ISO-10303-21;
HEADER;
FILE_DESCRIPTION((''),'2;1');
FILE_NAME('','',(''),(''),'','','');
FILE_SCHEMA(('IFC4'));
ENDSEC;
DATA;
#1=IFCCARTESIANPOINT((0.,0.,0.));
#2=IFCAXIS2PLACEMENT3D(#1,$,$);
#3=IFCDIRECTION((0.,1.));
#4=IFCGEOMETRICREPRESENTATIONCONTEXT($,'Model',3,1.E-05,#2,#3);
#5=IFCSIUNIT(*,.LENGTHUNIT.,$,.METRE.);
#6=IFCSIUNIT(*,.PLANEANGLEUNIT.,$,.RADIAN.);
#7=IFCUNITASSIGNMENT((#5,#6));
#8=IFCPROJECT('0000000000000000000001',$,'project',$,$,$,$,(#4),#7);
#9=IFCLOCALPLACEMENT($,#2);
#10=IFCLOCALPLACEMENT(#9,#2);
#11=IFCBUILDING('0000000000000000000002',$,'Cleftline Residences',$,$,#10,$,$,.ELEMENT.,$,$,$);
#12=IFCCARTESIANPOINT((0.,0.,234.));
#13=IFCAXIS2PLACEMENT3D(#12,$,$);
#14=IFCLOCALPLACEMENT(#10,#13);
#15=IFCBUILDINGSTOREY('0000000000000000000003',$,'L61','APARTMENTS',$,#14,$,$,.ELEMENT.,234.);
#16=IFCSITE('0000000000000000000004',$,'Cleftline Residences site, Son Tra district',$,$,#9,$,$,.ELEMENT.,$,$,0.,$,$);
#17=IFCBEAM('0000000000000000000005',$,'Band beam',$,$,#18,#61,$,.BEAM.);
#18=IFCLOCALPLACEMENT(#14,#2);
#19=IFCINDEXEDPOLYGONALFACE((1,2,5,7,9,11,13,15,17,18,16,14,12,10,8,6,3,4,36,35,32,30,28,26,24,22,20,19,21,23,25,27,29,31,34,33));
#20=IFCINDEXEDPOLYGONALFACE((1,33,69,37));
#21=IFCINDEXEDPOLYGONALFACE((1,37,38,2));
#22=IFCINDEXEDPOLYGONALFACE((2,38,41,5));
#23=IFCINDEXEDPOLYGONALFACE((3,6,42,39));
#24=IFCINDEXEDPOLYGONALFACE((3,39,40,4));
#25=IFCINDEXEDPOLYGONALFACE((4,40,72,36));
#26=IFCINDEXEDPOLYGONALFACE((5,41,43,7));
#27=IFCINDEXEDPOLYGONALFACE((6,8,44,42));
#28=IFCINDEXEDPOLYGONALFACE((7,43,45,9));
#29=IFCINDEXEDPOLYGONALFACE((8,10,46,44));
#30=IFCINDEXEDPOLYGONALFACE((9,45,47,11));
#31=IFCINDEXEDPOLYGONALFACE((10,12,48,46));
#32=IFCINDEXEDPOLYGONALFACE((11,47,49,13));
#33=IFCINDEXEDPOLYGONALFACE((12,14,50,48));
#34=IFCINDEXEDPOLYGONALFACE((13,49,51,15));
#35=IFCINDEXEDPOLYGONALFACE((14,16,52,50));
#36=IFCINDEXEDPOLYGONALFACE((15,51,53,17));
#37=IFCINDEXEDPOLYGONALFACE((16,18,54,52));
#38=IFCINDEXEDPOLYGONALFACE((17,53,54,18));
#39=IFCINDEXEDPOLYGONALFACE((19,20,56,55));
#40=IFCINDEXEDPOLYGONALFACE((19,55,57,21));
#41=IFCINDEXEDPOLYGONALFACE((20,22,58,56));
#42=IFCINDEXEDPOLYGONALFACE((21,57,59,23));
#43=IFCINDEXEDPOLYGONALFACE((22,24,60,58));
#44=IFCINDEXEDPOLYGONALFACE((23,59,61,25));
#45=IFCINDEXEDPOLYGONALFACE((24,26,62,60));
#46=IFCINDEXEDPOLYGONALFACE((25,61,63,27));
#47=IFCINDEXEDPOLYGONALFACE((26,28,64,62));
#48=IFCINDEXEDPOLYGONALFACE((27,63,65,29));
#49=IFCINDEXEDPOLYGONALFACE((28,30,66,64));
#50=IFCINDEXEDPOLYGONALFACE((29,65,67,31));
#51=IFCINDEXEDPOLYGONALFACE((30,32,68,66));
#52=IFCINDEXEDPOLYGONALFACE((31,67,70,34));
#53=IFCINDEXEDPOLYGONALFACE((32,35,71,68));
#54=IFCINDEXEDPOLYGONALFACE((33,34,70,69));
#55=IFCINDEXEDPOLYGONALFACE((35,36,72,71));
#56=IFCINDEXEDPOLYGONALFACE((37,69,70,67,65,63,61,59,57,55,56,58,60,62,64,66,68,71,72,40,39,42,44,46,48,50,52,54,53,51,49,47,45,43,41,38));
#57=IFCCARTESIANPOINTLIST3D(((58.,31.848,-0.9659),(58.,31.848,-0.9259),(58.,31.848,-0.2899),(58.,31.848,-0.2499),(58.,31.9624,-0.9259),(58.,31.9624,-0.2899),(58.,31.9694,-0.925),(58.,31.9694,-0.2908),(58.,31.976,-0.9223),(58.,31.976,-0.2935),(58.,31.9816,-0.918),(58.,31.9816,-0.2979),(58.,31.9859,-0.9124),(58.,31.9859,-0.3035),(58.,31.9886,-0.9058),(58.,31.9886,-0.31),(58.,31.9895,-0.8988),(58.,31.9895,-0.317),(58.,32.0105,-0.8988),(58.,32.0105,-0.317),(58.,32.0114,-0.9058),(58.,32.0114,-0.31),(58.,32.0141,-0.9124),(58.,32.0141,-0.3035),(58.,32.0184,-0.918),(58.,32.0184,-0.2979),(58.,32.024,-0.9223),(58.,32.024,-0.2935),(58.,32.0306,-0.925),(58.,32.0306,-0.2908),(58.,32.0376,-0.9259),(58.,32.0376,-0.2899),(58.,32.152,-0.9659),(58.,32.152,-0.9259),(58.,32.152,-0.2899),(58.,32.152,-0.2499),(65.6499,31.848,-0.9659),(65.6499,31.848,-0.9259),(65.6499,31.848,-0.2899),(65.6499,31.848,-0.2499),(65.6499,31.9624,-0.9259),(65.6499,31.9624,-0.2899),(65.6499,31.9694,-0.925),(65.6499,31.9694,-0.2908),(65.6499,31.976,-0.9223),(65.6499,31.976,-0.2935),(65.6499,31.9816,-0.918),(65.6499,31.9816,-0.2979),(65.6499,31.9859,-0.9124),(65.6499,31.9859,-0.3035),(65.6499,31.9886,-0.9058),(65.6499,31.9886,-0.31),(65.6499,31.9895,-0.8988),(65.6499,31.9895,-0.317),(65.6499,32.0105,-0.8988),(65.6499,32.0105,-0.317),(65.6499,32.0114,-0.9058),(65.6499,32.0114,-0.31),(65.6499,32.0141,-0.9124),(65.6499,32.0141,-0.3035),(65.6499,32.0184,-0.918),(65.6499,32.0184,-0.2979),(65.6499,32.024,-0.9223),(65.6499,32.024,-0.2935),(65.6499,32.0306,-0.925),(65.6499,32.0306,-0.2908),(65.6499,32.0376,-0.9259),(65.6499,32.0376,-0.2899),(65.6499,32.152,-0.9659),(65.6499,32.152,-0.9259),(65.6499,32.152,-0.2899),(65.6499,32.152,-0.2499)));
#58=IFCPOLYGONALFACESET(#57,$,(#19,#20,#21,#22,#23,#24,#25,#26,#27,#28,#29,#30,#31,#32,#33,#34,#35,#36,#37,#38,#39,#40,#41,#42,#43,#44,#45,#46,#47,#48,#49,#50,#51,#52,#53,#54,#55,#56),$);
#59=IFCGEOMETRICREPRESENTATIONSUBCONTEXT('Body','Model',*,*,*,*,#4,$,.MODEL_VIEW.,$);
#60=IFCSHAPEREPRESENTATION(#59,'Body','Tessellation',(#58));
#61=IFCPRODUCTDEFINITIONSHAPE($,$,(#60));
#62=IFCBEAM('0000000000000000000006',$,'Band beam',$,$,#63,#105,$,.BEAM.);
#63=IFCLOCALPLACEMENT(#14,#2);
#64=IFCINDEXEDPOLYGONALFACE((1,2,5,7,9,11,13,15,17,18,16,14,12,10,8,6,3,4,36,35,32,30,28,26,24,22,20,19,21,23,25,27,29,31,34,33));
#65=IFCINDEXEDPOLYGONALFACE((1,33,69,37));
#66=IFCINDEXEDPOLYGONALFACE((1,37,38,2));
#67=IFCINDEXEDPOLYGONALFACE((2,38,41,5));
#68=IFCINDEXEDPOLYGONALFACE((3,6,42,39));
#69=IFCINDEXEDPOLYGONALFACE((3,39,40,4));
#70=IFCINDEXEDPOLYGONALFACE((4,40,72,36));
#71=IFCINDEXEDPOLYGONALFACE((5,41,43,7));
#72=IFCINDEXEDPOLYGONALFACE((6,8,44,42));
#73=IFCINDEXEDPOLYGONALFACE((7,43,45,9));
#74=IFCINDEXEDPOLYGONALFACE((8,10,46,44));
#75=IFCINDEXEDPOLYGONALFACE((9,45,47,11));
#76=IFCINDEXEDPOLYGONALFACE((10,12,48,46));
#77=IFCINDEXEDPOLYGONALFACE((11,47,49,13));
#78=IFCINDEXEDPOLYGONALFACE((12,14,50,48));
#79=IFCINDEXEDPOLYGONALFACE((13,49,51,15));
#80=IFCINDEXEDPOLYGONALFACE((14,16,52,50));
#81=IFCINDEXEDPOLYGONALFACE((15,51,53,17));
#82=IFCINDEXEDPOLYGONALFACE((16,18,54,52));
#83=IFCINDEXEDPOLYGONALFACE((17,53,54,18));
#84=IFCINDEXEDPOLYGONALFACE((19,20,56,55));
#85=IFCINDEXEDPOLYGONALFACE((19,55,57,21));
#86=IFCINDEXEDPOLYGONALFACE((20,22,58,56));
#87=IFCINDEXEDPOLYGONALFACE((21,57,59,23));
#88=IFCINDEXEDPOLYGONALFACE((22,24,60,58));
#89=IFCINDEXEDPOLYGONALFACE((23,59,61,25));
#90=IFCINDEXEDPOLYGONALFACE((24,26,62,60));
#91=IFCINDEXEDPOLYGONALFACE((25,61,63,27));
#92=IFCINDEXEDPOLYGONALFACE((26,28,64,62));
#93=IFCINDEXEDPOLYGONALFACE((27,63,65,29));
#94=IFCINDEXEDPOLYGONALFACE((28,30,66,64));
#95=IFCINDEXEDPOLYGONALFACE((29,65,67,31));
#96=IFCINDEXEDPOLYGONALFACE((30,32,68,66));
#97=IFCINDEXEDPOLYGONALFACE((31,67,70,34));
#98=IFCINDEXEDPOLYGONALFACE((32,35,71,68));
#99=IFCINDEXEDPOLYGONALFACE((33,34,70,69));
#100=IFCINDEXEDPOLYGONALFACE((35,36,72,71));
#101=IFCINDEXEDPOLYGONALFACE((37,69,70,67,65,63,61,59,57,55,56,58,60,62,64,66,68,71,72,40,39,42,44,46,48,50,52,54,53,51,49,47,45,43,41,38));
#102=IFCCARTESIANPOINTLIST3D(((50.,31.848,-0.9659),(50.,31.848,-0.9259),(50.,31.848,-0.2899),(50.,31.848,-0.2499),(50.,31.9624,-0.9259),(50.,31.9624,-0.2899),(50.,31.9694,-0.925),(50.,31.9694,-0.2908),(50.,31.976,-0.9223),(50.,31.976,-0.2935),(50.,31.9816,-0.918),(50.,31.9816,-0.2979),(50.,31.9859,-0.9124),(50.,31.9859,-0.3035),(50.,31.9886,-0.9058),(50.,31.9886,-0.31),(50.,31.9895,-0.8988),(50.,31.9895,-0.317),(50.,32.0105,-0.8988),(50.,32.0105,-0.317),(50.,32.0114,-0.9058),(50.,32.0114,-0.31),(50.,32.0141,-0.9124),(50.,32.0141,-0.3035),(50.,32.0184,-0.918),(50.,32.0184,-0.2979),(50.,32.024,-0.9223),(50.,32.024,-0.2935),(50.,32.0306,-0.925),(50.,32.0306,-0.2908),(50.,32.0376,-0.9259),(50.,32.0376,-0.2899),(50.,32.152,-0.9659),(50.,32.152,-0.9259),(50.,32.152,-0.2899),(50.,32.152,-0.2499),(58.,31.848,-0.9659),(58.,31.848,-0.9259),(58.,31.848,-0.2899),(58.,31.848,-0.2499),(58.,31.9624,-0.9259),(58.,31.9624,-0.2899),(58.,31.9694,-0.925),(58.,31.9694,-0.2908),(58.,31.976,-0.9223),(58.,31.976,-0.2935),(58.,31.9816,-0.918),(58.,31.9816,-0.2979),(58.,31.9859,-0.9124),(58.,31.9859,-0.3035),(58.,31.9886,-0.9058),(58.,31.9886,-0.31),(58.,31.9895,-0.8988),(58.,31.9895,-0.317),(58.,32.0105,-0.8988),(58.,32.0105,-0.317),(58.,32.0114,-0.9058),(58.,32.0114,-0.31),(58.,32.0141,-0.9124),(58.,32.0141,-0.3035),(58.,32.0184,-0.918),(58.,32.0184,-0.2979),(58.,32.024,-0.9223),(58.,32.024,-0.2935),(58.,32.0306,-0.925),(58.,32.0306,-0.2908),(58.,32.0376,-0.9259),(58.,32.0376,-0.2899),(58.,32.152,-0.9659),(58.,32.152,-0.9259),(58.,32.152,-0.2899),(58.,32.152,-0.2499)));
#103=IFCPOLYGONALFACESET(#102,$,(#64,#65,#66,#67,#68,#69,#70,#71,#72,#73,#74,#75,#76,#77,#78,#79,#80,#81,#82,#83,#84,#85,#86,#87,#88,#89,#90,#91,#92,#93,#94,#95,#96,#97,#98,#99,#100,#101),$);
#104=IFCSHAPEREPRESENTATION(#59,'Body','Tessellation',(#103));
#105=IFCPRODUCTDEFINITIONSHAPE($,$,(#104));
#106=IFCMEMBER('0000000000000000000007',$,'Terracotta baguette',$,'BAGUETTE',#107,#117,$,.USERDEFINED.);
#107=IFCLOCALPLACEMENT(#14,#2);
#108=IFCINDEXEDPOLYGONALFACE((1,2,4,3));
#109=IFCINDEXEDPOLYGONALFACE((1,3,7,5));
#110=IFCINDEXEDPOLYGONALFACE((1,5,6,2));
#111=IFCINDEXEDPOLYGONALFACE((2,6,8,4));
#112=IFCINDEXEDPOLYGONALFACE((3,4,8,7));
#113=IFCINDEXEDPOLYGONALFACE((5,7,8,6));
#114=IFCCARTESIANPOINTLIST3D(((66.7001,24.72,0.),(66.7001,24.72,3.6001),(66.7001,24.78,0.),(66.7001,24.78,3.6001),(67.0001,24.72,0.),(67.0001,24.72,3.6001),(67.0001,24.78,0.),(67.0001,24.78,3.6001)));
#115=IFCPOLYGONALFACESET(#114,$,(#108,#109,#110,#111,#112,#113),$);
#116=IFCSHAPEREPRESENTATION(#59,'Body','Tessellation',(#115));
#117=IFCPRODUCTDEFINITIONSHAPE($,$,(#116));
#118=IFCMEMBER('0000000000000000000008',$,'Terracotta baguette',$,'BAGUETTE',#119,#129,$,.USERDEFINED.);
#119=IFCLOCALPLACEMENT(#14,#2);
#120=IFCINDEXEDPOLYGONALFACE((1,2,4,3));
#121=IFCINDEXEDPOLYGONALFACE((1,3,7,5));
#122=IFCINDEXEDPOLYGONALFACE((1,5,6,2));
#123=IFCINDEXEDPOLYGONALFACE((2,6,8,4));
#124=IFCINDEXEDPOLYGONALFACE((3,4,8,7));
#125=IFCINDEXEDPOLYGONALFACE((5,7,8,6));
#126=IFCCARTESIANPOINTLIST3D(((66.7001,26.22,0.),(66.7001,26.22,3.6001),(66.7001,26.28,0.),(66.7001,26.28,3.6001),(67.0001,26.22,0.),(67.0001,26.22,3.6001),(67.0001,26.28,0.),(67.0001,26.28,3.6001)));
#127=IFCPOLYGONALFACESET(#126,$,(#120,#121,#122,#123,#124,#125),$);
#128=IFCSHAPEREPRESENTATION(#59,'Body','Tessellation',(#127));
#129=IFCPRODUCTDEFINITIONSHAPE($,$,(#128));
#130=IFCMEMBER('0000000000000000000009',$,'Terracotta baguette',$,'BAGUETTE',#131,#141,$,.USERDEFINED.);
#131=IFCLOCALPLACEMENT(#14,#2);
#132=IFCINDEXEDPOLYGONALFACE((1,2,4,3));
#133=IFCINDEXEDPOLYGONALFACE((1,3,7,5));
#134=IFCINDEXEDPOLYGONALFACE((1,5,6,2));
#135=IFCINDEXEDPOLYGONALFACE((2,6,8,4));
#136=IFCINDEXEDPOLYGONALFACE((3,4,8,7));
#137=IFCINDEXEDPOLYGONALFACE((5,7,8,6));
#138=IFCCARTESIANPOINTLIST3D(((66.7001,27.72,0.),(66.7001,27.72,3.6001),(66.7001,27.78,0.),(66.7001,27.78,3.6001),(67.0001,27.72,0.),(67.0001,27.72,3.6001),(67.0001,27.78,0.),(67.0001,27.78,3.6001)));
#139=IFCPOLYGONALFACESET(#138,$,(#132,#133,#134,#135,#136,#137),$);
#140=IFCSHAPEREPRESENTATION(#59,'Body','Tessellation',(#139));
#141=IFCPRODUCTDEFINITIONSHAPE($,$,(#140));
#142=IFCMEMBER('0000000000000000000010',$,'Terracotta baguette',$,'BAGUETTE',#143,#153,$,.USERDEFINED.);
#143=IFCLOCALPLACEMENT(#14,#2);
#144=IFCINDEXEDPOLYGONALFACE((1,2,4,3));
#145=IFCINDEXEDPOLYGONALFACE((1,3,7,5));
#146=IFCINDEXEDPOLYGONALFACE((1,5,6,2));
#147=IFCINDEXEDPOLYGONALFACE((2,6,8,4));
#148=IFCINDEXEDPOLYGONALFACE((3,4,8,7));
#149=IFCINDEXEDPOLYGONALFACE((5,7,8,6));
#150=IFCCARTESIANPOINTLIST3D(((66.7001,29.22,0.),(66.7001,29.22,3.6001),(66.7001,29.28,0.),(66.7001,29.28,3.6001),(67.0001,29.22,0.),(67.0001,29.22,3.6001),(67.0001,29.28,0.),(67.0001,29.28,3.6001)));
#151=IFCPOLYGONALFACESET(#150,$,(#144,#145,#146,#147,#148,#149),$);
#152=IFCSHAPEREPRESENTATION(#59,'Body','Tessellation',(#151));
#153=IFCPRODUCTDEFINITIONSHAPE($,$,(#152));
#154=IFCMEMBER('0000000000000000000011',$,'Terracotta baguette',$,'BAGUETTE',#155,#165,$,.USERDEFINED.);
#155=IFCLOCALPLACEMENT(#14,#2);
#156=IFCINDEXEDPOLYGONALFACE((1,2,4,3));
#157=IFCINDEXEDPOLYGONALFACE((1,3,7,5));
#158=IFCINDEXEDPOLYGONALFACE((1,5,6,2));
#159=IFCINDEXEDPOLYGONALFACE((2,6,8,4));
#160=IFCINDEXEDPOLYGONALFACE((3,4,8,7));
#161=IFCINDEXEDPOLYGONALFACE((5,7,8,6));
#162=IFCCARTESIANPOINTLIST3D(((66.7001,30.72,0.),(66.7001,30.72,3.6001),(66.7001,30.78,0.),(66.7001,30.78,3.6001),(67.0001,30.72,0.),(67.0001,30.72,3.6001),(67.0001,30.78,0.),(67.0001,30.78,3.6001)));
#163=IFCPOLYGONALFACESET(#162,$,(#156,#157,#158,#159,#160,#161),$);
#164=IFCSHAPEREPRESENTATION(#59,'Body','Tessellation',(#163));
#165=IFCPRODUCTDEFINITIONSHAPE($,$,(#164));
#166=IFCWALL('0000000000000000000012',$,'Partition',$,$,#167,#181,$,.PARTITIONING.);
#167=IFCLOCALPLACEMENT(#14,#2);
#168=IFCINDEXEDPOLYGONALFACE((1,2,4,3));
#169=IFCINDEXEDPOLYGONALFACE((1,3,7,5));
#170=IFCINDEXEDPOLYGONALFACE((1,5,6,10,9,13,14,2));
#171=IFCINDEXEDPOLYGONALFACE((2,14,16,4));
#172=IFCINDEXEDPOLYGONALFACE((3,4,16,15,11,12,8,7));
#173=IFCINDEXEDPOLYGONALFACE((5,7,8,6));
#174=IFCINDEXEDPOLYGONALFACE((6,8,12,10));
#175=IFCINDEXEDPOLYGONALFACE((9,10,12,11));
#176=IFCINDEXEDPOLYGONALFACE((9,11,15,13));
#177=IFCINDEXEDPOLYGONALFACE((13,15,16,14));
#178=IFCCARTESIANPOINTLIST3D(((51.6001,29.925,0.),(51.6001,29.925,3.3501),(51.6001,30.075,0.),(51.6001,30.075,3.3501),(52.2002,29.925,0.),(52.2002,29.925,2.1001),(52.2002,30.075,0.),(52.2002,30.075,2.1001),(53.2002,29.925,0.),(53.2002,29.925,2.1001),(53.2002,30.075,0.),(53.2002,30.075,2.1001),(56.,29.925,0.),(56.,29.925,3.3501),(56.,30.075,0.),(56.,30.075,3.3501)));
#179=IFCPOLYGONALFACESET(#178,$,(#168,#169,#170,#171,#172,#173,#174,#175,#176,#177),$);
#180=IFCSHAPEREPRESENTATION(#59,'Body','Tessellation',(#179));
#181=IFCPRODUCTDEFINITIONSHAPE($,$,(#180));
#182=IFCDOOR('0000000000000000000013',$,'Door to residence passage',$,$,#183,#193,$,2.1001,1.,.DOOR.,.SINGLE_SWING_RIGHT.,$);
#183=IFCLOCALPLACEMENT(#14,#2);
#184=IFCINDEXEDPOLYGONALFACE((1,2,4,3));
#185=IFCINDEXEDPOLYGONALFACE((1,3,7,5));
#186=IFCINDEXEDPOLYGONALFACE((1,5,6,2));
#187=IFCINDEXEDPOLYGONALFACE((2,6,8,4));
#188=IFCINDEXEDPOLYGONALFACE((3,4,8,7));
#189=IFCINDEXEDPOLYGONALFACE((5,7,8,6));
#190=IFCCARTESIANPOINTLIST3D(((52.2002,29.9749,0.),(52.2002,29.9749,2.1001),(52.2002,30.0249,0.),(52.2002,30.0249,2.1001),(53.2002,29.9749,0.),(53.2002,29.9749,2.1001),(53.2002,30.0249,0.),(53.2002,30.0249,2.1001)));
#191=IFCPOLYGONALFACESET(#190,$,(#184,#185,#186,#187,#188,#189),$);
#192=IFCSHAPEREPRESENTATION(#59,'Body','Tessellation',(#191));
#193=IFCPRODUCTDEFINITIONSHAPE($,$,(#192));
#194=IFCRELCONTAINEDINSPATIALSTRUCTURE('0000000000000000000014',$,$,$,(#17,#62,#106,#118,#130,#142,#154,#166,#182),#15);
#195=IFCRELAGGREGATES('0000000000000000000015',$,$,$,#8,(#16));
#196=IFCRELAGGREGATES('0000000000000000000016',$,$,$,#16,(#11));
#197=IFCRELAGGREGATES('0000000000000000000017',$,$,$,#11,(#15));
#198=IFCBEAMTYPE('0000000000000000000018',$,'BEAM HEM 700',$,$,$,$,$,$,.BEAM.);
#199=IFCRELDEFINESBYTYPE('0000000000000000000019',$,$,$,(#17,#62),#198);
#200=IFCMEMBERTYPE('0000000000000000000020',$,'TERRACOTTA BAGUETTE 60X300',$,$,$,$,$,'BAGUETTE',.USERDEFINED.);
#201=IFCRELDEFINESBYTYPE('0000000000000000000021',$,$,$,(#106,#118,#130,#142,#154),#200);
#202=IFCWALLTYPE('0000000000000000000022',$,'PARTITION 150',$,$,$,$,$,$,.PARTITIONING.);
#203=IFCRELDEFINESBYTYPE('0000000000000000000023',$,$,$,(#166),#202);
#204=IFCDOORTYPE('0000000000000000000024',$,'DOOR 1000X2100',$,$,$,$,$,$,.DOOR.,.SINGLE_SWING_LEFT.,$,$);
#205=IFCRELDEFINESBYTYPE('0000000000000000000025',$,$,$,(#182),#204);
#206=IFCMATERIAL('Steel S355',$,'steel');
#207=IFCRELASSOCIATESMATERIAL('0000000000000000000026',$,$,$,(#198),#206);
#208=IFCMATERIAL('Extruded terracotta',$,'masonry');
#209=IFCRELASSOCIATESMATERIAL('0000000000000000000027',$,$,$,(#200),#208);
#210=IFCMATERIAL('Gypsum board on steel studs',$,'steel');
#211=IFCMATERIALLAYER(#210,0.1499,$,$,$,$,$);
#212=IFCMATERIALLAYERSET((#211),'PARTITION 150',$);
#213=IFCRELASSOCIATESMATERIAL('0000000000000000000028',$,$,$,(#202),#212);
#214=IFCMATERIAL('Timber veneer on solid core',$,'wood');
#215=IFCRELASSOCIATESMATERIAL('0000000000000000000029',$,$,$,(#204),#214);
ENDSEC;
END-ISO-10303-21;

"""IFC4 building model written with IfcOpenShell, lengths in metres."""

from ifc_helpers import new_model, si_unit, direction, frame, frame_2d, origin, origin_2d, place, context, subcontext, project, spatial, rectangle, i_section, extrude, material, layer, layer_set, material_profile, profile_set, type_object, element, fill, save


model = new_model("IFC4")

# Units and contexts
model_context = context("Model", 3, precision=1e-05, world=origin(), true_north=direction((0.0, 1.0)))
body_context = subcontext(model_context, "Body", "Model", "MODEL_VIEW")
ifc_project = project(units=[si_unit("LENGTHUNIT", "METRE"), si_unit("PLANEANGLEUNIT", "RADIAN")], contexts=[model_context])

# Site, building, storey
site_placement = place(None, origin())
site = spatial("IfcSite", under=ifc_project, at=site_placement, Name="Cleftline Residences site, Son Tra district", CompositionType="ELEMENT", RefElevation=0.0)
building_placement = place(site_placement, origin())
building = spatial("IfcBuilding", under=site, at=building_placement, Name="Cleftline Residences", CompositionType="ELEMENT")
storey_placement = place(building_placement, frame((0.0, 0.0, 234.0)))
storey = spatial("IfcBuildingStorey", under=building, at=storey_placement, Name="L61", Description="APARTMENTS", CompositionType="ELEMENT", Elevation=234.0)

# Beams
ifc_material_1 = material(Name="Steel S355", Category="steel")
ifc_material_profile_1 = material_profile(ifc_material_1, i_section(OverallWidth=0.304, OverallDepth=0.7161, WebThickness=0.021, FlangeThickness=0.04, FilletRadius=0.0271, at=origin_2d()))
ifc_profile_set_1 = profile_set([ifc_material_profile_1], Name="Steel S355")
beam_type_1 = type_object("IfcBeamType", Name="BEAM HEM 700", PredefinedType="BEAM", material=ifc_profile_set_1)
beam_1_placement = place(storey_placement, frame((65.6499, 32.0, -0.6079), z_axis=(-1.0, 0.0, 0.0), x_axis=(0.0, -1.0, 0.0)))
element("IfcBeam", 1, at=beam_1_placement, inside=storey, type_object=beam_type_1, Name="Band beam", PredefinedType="BEAM", context=body_context, shape_type="SweptSolid", body=[
    extrude(i_section(OverallWidth=0.304, OverallDepth=0.7161, WebThickness=0.021, FlangeThickness=0.04, FilletRadius=0.0271, at=origin_2d()), origin(), (0.0, 0.0, 1.0), 7.6499),
])
beam_2_placement = place(storey_placement, frame((58.0, 32.0, -0.6079), z_axis=(-1.0, 0.0, 0.0), x_axis=(0.0, -1.0, 0.0)))
element("IfcBeam", 2, at=beam_2_placement, inside=storey, type_object=beam_type_1, Name="Band beam", PredefinedType="BEAM", context=body_context, shape_type="SweptSolid", body=[
    extrude(i_section(OverallWidth=0.304, OverallDepth=0.7161, WebThickness=0.021, FlangeThickness=0.04, FilletRadius=0.0271, at=origin_2d()), origin(), (0.0, 0.0, 1.0), 8.0),
])

# Members
ifc_material_2 = material(Name="Extruded terracotta", Category="masonry")
ifc_material_profile_2 = material_profile(ifc_material_2, rectangle(XDim=0.0601, YDim=0.3, at=origin_2d()))
ifc_profile_set_2 = profile_set([ifc_material_profile_2], Name="Extruded terracotta")
member_type_1 = type_object("IfcMemberType", Name="TERRACOTTA BAGUETTE 60X300", ElementType="BAGUETTE", PredefinedType="USERDEFINED", material=ifc_profile_set_2)
for number, where, z_axis, x_axis, name in (
    (3, (66.8501, 24.75, 0.0), (0.0, 0.0, 1.0), (0.0, 1.0, 0.0), "Terracotta baguette"),
    (4, (66.8501, 26.25, 0.0), (0.0, 0.0, 1.0), (0.0, 1.0, 0.0), "Terracotta baguette"),
    (5, (66.8501, 27.75, 0.0), (0.0, 0.0, 1.0), (0.0, 1.0, 0.0), "Terracotta baguette"),
    (6, (66.8501, 29.25, 0.0), (0.0, 0.0, 1.0), (0.0, 1.0, 0.0), "Terracotta baguette"),
    (7, (66.8501, 30.75, 0.0), (0.0, 0.0, 1.0), (0.0, 1.0, 0.0), "Terracotta baguette"),
):
    element("IfcMember", number, at=place(storey_placement, frame(where, z_axis=z_axis, x_axis=x_axis)), inside=storey, type_object=member_type_1, Name=name, ObjectType="BAGUETTE", PredefinedType="USERDEFINED", context=body_context, shape_type="SweptSolid", body=[
        extrude(rectangle(XDim=0.0601, YDim=0.3, at=origin_2d()), origin(), (0.0, 0.0, 1.0), 3.6001),
    ])

# Wall, opening, door
ifc_material_3 = material(Name="Gypsum board on steel studs", Category="steel")
ifc_layer_1 = layer(ifc_material_3, 0.1499)
ifc_layer_set_1 = layer_set([ifc_layer_1], Name="PARTITION 150")
wall_type_1 = type_object("IfcWallType", Name="PARTITION 150", PredefinedType="PARTITIONING", material=ifc_layer_set_1)
wall_1_placement = place(storey_placement, frame((51.6001, 30.0, 0.0), z_axis=(0.0, 0.0, 1.0), x_axis=(1.0, 0.0, 0.0)))
wall_1 = element("IfcWall", 8, at=wall_1_placement, inside=storey, type_object=wall_type_1, Name="Partition", PredefinedType="PARTITIONING", context=body_context, shape_type="SweptSolid", body=[
    extrude(rectangle(XDim=4.3999, YDim=0.1499, at=frame_2d((2.2, 0.0))), origin(), (0.0, 0.0, 1.0), 3.3501),
])
opening_1_placement = place(wall_1_placement, frame((0.6001, 0.0, 0.0)))
opening_1 = element("IfcOpeningElement", 9, at=opening_1_placement, cuts=wall_1, PredefinedType="OPENING", context=body_context, shape_type="SweptSolid", body=[
    extrude(rectangle(XDim=1.0, YDim=2.1001, at=frame_2d((0.5, 1.05))), frame((0.0, 0.085, 0.0), z_axis=(0.0, -1.0, 0.0), x_axis=(1.0, 0.0, 0.0)), (0.0, 0.0, 1.0), 0.1699),
])
ifc_material_4 = material(Name="Timber veneer on solid core", Category="wood")
door_type_1 = type_object("IfcDoorType", Name="DOOR 1000X2100", OperationType="SINGLE_SWING_LEFT", PredefinedType="DOOR", material=ifc_material_4)
door_1_placement = place(opening_1_placement, origin())
door_1 = element("IfcDoor", 10, at=door_1_placement, inside=storey, type_object=door_type_1, Name="Door to residence passage", OperationType="SINGLE_SWING_RIGHT", OverallHeight=2.1001, OverallWidth=1.0, PredefinedType="DOOR", context=body_context, shape_type="SweptSolid", body=[
    extrude(rectangle(XDim=1.0, YDim=2.1001, at=frame_2d((0.5, 1.05))), frame((0.0, 0.0249, 0.0), z_axis=(0.0, -1.0, 0.0), x_axis=(1.0, 0.0, 0.0)), (0.0, 0.0, 1.0), 0.05),
])
fill(opening_1, door_1)

save(model, "model.ifc")
